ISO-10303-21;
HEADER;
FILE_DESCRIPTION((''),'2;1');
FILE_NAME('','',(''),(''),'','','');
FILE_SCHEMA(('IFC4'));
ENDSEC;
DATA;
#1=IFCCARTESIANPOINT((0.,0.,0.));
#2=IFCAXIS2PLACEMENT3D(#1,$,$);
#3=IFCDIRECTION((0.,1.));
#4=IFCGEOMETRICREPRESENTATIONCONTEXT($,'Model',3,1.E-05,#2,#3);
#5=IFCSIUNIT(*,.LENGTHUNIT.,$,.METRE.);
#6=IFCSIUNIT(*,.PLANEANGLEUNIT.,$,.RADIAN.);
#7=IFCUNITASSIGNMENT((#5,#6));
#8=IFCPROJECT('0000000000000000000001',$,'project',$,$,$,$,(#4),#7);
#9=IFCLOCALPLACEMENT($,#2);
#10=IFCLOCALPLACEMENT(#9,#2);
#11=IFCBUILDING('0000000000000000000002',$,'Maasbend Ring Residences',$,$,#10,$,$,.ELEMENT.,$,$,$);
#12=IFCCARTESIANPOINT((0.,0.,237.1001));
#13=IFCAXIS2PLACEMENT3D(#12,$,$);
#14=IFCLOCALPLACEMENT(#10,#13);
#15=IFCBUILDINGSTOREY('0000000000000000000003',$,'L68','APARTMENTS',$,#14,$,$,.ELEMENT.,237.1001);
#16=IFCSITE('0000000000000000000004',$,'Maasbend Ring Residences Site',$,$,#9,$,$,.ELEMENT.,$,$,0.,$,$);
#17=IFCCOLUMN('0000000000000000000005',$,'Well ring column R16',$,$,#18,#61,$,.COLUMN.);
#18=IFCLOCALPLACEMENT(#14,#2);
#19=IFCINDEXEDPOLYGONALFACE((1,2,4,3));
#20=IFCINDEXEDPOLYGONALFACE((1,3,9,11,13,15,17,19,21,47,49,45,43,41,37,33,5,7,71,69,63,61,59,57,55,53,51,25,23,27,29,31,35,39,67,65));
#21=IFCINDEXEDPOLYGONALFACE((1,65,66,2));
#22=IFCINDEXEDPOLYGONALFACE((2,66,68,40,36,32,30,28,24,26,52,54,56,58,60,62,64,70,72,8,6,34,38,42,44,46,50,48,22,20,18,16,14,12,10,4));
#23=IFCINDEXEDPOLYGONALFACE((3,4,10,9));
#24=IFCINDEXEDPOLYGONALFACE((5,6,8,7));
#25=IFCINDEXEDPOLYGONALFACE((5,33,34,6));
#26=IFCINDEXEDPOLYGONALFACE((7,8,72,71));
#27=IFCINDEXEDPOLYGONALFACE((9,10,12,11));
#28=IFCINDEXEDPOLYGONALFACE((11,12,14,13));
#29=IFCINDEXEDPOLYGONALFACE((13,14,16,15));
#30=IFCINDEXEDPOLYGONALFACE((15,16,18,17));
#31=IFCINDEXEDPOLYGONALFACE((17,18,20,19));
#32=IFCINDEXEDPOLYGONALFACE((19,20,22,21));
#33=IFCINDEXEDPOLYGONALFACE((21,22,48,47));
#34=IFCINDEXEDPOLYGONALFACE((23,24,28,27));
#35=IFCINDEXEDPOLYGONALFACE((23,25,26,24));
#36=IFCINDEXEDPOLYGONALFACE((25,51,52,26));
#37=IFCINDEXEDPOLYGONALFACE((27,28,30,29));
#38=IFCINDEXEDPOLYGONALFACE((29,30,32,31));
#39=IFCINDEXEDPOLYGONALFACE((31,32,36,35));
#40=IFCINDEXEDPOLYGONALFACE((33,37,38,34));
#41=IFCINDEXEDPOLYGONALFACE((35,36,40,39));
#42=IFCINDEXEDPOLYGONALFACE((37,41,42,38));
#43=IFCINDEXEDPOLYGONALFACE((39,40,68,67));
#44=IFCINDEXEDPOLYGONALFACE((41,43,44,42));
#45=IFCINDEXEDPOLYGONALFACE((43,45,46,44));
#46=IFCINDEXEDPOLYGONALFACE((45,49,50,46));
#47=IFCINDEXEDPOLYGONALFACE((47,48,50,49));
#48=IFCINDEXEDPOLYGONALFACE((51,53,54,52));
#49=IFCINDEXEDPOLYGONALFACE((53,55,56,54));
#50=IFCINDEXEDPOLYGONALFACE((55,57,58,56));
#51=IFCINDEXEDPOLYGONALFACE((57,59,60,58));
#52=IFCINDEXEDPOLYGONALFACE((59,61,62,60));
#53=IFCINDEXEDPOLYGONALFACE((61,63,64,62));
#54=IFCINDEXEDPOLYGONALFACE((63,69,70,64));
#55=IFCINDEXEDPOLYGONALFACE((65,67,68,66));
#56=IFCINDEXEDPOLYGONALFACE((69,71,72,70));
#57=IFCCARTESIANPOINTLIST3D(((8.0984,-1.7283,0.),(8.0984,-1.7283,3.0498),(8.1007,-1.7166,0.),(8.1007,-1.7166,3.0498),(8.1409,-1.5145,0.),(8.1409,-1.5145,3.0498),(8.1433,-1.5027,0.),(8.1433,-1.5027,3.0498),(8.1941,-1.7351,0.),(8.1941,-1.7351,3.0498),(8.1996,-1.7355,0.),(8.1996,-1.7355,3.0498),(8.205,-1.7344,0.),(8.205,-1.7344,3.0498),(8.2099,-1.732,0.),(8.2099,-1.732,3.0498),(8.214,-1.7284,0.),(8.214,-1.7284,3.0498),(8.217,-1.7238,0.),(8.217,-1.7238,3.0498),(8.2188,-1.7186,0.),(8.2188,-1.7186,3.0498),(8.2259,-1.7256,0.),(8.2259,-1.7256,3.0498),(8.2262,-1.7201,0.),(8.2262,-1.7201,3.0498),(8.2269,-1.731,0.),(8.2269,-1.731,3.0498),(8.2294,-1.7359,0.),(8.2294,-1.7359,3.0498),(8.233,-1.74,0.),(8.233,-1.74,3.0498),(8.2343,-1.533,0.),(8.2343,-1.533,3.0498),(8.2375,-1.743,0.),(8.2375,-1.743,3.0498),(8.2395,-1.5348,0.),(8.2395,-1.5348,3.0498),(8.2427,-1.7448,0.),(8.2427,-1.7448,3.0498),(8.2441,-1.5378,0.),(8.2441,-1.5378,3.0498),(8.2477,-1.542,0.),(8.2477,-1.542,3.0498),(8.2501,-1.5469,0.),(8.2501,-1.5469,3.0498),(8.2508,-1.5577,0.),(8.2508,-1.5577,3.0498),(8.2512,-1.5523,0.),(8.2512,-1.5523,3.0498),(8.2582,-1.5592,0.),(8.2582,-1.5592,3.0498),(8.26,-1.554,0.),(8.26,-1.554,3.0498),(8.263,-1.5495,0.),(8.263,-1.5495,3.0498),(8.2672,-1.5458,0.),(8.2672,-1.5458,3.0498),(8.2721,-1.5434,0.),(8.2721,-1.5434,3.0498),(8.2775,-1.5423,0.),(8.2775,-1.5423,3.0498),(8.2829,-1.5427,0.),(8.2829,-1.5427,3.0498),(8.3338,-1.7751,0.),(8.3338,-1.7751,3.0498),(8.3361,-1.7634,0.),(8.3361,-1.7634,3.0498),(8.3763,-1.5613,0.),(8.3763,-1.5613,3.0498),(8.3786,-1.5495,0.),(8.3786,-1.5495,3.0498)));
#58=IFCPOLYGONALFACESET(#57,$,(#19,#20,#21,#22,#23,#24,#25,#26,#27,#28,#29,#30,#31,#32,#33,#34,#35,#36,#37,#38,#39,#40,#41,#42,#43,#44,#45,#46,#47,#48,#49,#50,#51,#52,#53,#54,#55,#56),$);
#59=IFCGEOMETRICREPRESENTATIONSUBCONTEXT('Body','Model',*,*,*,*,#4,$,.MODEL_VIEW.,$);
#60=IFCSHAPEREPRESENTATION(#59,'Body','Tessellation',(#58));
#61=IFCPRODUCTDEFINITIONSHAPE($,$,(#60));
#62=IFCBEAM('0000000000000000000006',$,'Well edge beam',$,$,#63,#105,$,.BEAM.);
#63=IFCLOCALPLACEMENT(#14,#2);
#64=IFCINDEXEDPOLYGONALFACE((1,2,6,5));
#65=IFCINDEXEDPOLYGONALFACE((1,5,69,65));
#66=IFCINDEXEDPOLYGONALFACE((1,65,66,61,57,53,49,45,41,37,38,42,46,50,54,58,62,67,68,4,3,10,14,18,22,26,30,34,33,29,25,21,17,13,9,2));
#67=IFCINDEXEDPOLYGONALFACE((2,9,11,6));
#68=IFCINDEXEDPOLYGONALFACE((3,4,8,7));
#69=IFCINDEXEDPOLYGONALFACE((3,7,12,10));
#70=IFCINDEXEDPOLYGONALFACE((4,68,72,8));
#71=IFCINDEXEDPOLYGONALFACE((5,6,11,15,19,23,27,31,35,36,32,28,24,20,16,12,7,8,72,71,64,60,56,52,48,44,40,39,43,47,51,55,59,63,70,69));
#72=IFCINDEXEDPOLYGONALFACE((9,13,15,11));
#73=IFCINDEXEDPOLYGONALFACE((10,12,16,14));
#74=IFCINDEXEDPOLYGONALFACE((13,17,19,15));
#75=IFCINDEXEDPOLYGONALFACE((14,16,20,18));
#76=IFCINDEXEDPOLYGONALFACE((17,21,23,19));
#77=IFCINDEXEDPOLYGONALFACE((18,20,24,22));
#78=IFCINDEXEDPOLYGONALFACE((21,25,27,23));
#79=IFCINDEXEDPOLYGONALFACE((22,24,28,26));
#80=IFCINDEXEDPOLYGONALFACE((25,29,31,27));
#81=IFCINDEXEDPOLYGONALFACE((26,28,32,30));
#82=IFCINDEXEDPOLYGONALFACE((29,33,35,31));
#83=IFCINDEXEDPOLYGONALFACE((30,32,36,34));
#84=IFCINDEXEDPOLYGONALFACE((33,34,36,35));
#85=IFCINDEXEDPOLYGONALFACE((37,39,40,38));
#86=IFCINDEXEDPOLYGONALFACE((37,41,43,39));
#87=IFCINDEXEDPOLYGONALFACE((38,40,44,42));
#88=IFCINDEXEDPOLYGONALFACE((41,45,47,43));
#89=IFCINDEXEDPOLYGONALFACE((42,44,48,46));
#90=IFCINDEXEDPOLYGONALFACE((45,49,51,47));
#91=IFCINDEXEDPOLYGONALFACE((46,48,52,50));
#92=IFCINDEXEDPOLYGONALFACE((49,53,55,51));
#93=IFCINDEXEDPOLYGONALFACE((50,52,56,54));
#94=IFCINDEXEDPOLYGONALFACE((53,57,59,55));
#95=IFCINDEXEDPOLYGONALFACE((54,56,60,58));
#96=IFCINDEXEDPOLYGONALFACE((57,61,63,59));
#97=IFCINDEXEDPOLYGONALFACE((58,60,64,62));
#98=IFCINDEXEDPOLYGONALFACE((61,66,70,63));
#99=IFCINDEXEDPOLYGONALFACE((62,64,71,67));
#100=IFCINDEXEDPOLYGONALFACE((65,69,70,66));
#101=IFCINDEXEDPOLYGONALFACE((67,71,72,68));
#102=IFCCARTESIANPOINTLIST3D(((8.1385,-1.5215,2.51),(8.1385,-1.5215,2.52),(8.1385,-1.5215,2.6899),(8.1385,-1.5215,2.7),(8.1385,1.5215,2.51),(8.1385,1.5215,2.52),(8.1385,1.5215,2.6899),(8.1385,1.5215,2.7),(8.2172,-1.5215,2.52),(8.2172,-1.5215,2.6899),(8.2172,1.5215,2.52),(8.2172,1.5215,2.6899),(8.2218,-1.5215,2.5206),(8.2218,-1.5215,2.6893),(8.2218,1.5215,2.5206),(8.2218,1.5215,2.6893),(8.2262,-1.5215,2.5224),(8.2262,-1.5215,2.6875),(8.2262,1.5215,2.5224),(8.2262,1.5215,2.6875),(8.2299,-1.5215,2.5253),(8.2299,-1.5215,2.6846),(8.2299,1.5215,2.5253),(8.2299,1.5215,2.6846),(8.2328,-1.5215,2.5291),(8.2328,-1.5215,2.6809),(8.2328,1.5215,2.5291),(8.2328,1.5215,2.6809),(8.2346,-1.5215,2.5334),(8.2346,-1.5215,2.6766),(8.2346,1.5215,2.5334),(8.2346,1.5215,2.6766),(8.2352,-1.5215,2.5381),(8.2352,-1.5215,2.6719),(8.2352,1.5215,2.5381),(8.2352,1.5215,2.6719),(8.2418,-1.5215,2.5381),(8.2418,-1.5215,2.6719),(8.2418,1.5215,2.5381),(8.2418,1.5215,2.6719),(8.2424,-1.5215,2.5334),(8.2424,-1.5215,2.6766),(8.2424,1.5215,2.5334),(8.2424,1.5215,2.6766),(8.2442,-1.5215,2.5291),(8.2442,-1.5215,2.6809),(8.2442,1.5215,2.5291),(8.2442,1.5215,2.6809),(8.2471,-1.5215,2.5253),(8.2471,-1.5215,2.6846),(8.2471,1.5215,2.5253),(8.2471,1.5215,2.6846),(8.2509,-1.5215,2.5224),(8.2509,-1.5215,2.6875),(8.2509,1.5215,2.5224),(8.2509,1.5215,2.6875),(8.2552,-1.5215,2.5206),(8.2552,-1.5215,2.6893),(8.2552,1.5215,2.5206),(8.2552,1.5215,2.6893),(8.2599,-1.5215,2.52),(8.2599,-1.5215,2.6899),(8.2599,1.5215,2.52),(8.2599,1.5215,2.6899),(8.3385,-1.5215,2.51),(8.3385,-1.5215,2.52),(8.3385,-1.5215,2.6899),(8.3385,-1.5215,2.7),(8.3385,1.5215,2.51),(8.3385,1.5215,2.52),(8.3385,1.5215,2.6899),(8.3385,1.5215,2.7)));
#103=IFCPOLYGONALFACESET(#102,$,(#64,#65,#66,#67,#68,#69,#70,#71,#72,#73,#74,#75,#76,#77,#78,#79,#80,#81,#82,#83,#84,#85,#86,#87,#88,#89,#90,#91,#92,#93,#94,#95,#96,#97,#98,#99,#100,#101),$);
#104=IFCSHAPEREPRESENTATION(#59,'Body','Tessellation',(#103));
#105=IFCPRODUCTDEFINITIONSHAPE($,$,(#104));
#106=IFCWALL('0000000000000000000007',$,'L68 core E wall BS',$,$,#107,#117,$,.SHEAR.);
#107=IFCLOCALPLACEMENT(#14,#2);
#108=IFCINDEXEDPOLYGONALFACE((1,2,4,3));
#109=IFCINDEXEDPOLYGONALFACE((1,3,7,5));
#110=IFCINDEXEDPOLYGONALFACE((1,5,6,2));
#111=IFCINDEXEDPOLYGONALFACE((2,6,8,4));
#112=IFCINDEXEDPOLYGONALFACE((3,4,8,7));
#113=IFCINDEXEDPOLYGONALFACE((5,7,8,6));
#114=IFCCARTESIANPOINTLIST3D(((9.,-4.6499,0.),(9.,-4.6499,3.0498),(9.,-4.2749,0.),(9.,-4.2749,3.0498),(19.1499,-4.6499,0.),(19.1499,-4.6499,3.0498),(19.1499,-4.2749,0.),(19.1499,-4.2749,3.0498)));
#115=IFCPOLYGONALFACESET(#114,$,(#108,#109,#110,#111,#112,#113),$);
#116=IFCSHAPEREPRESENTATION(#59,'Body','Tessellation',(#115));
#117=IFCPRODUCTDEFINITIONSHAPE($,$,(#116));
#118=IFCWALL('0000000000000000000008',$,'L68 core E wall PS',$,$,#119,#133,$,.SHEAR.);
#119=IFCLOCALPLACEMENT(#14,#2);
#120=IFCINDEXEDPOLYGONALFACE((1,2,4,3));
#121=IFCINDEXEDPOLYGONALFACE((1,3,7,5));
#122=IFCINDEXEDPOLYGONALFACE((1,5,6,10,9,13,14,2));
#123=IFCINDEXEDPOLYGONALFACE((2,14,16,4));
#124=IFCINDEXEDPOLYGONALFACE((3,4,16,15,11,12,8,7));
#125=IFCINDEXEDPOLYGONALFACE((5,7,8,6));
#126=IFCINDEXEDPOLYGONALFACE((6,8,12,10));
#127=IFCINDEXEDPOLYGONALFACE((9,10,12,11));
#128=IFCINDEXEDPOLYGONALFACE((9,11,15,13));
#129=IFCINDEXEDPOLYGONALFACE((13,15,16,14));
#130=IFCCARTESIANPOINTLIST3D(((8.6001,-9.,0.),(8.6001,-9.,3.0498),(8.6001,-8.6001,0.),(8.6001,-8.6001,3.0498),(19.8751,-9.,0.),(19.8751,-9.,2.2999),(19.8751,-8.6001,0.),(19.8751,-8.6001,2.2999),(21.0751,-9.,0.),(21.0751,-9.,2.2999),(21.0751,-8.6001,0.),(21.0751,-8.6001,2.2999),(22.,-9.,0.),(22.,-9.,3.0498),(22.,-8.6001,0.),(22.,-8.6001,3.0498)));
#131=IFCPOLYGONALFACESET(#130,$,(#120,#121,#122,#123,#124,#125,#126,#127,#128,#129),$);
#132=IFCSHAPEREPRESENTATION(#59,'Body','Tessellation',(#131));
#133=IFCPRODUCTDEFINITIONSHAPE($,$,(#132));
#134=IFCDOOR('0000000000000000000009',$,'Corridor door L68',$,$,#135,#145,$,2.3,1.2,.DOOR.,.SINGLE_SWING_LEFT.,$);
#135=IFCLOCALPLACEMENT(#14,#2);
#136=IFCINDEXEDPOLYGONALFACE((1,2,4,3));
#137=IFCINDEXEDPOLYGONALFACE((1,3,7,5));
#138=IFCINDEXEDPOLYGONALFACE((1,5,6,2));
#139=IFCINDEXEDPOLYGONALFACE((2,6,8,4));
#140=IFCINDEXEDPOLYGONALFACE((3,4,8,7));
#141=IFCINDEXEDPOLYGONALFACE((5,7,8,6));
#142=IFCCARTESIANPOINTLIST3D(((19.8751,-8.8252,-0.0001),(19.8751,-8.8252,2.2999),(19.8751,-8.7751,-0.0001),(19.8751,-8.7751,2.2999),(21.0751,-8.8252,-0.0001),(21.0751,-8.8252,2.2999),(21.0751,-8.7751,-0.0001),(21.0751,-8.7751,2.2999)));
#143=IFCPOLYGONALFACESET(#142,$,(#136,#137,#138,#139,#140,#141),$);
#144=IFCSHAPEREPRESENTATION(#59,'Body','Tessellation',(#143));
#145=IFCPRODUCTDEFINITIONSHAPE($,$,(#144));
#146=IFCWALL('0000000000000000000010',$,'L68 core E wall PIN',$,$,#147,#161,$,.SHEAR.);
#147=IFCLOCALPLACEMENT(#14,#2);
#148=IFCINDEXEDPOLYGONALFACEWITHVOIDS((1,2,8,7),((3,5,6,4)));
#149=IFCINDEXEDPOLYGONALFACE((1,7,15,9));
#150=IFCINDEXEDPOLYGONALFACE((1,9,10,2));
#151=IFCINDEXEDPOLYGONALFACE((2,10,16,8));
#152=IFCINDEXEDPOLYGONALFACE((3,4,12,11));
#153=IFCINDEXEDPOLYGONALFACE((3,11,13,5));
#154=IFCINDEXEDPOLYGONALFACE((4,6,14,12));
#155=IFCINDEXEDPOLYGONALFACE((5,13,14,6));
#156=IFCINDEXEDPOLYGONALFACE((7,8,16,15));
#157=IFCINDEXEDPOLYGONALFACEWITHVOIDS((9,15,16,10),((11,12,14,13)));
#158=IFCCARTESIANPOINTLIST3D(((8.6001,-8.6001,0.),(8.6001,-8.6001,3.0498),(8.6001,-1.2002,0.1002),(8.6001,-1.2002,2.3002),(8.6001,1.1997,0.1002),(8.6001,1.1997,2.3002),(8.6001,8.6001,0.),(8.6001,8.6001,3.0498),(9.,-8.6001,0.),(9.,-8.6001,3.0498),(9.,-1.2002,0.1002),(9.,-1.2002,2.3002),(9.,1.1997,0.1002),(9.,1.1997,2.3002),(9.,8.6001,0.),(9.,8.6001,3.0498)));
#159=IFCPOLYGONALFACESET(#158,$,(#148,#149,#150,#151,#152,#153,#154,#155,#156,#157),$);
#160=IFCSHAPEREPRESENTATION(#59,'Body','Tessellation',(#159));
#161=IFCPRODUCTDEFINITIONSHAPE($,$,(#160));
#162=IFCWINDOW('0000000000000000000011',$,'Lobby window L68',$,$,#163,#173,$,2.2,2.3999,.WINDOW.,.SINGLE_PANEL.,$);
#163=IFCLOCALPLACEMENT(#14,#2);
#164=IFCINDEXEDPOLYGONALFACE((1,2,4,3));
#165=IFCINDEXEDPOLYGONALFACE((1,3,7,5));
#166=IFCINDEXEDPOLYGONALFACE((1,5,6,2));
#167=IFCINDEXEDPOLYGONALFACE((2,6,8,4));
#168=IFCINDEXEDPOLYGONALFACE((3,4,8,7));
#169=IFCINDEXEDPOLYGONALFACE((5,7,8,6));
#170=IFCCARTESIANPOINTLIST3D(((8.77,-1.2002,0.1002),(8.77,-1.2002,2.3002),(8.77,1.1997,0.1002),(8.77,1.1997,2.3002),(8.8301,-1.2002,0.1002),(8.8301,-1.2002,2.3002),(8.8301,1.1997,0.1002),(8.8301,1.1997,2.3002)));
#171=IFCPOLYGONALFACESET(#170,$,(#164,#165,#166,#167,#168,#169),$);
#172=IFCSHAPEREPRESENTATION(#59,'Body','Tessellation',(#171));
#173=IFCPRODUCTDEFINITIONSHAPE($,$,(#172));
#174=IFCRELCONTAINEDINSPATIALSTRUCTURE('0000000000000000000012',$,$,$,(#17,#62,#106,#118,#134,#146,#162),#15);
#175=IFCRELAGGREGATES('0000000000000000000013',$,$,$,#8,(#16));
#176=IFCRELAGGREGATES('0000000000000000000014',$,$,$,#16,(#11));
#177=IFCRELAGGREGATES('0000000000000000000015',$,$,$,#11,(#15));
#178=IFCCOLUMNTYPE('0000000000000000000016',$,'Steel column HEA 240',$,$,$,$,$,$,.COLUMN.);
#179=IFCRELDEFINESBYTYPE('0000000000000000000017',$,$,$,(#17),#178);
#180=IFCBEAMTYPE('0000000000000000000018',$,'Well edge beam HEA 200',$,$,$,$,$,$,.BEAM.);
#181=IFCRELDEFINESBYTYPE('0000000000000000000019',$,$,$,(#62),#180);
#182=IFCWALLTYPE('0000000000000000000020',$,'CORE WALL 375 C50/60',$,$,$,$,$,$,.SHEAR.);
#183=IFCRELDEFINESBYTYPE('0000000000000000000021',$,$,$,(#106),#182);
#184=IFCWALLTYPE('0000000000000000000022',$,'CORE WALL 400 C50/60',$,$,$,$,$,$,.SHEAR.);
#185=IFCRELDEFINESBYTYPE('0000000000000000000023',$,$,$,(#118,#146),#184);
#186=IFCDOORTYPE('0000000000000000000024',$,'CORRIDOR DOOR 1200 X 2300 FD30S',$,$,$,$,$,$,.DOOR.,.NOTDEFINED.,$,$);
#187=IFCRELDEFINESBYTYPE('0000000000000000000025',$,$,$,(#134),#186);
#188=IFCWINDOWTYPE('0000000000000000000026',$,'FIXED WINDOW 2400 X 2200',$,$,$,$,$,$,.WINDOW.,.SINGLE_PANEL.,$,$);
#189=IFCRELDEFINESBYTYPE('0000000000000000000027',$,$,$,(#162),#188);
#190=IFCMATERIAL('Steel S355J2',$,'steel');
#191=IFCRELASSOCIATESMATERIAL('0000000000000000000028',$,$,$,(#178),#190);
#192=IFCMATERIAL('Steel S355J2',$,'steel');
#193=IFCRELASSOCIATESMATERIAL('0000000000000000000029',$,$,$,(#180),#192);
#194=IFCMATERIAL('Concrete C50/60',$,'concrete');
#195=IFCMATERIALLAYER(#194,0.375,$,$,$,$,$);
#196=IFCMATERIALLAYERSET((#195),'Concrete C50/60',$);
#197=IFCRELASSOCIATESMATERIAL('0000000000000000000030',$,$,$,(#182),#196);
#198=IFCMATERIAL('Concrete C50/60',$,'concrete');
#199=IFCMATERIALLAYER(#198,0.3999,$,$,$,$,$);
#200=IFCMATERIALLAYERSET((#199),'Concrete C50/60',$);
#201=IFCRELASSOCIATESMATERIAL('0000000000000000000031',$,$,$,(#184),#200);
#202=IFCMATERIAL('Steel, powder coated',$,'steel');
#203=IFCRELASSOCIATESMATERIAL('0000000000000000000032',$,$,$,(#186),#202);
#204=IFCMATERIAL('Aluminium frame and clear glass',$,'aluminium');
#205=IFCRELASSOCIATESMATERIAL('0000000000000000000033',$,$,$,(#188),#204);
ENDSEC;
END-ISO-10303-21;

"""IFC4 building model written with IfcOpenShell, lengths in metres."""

from ifc_helpers import new_model, si_unit, direction, frame, frame_2d, origin, origin_2d, place, context, subcontext, project, spatial, rectangle, i_section, extrude, material, layer, layer_set, material_profile, profile_set, type_object, element, fill, save


model = new_model("IFC4")

# Units and contexts
model_context = context("Model", 3, precision=1e-05, world=origin(), true_north=direction((0.0, 1.0)))
body_context = subcontext(model_context, "Body", "Model", "MODEL_VIEW")
ifc_project = project(units=[si_unit("LENGTHUNIT", "METRE"), si_unit("PLANEANGLEUNIT", "RADIAN")], contexts=[model_context])

# Site, building, storey
site_placement = place(None, origin())
site = spatial("IfcSite", under=ifc_project, at=site_placement, Name="Maasbend Ring Residences Site", CompositionType="ELEMENT", RefElevation=0.0)
building_placement = place(site_placement, origin())
building = spatial("IfcBuilding", under=site, at=building_placement, Name="Maasbend Ring Residences", CompositionType="ELEMENT")
storey_placement = place(building_placement, frame((0.0, 0.0, 237.1001)))
storey = spatial("IfcBuildingStorey", under=building, at=storey_placement, Name="L68", Description="APARTMENTS", CompositionType="ELEMENT", Elevation=237.1001)

# Column
ifc_material_1 = material(Name="Steel S355J2", Category="steel")
ifc_material_profile_1 = material_profile(ifc_material_1, i_section(OverallWidth=0.24, OverallDepth=0.23, WebThickness=0.0076, FlangeThickness=0.012, FilletRadius=0.021, at=origin_2d()), Name="HEA 240")
ifc_profile_set_1 = profile_set([ifc_material_profile_1], Name="Steel S355J2")
column_type = type_object("IfcColumnType", Name="Steel column HEA 240", PredefinedType="COLUMN", material=ifc_profile_set_1)
column_placement = place(storey_placement, frame((8.2385, -1.6389, 0.0), z_axis=(0.0, 0.0, 1.0), x_axis=(0.980785, -0.19509, 0.0)))
element("IfcColumn", 1, at=column_placement, inside=storey, type_object=column_type, Name="Well ring column R16", PredefinedType="COLUMN", context=body_context, shape_type="SweptSolid", body=[
    extrude(i_section(OverallWidth=0.24, OverallDepth=0.23, WebThickness=0.0076, FlangeThickness=0.012, FilletRadius=0.021, at=origin_2d()), origin(), (0.0, 0.0, 1.0), 3.0498),
])

# Beam
ifc_material_2 = material(Name="Steel S355J2", Category="steel")
ifc_material_profile_2 = material_profile(ifc_material_2, i_section(OverallWidth=0.2, OverallDepth=0.1899, WebThickness=0.0066, FlangeThickness=0.01, FilletRadius=0.0181, at=origin_2d()), Name="HEA 200")
ifc_profile_set_2 = profile_set([ifc_material_profile_2], Name="Steel S355J2")
beam_type = type_object("IfcBeamType", Name="Well edge beam HEA 200", PredefinedType="BEAM", material=ifc_profile_set_2)
beam_placement = place(storey_placement, frame((8.2385, -1.5215, 2.605), z_axis=(0.0, 1.0, 0.0), x_axis=(-1.0, 0.0, 0.0)))
element("IfcBeam", 2, at=beam_placement, inside=storey, type_object=beam_type, Name="Well edge beam", PredefinedType="BEAM", context=body_context, shape_type="SweptSolid", body=[
    extrude(i_section(OverallWidth=0.2, OverallDepth=0.1899, WebThickness=0.0066, FlangeThickness=0.01, FilletRadius=0.0181, at=origin_2d()), origin(), (0.0, 0.0, 1.0), 3.043),
])

# Wall
ifc_material_3 = material(Name="Concrete C50/60", Category="concrete")
ifc_layer_1 = layer(ifc_material_3, 0.375)
ifc_layer_set_1 = layer_set([ifc_layer_1], Name="Concrete C50/60")
wall_type_1 = type_object("IfcWallType", Name="CORE WALL 375 C50/60", PredefinedType="SHEAR", material=ifc_layer_set_1)
wall_1_placement = place(storey_placement, frame((9.0, -4.4624, 0.0), z_axis=(0.0, 0.0, 1.0), x_axis=(1.0, 0.0, 0.0)))
element("IfcWall", 3, at=wall_1_placement, inside=storey, type_object=wall_type_1, Name="L68 core E wall BS", PredefinedType="SHEAR", context=body_context, shape_type="SweptSolid", body=[
    extrude(rectangle(XDim=10.1499, YDim=0.375, at=frame_2d((5.075, 0.0))), origin(), (0.0, 0.0, 1.0), 3.0498),
])

# Wall, opening, door
ifc_material_4 = material(Name="Concrete C50/60", Category="concrete")
ifc_layer_2 = layer(ifc_material_4, 0.3999)
ifc_layer_set_2 = layer_set([ifc_layer_2], Name="Concrete C50/60")
wall_type_2 = type_object("IfcWallType", Name="CORE WALL 400 C50/60", PredefinedType="SHEAR", material=ifc_layer_set_2)
wall_2_placement = place(storey_placement, frame((8.6001, -8.8, 0.0), z_axis=(0.0, 0.0, 1.0), x_axis=(1.0, 0.0, 0.0)))
wall_2 = element("IfcWall", 4, at=wall_2_placement, inside=storey, type_object=wall_type_2, Name="L68 core E wall PS", PredefinedType="SHEAR", context=body_context, shape_type="SweptSolid", body=[
    extrude(rectangle(XDim=13.3999, YDim=0.3999, at=frame_2d((6.7, 0.0))), origin(), (0.0, 0.0, 1.0), 3.0498),
])
opening_1_placement = place(wall_2_placement, frame((11.2749, 0.0, 0.0)))
opening_1 = element("IfcOpeningElement", 5, at=opening_1_placement, cuts=wall_2, PredefinedType="OPENING", context=body_context, shape_type="SweptSolid", body=[
    extrude(rectangle(XDim=1.2, YDim=2.3, at=frame_2d((0.6001, 1.1499))), frame((0.0, 0.21, 0.0), z_axis=(0.0, -1.0, 0.0), x_axis=(1.0, 0.0, 0.0)), (0.0, 0.0, 1.0), 0.4199),
])
ifc_material_5 = material(Name="Steel, powder coated", Category="steel")
door_type = type_object("IfcDoorType", Name="CORRIDOR DOOR 1200 X 2300 FD30S", OperationType="NOTDEFINED", PredefinedType="DOOR", material=ifc_material_5)
door_placement = place(opening_1_placement, origin())
door = element("IfcDoor", 6, at=door_placement, inside=storey, type_object=door_type, Name="Corridor door L68", OperationType="SINGLE_SWING_LEFT", OverallHeight=2.3, OverallWidth=1.2, PredefinedType="DOOR", context=body_context, shape_type="SweptSolid", body=[
    extrude(rectangle(XDim=1.2, YDim=2.3, at=frame_2d((0.6001, 1.1499))), frame((0.0, 0.0249, 0.0), z_axis=(0.0, -1.0, 0.0), x_axis=(1.0, 0.0, 0.0)), (0.0, 0.0, 1.0), 0.05),
])
fill(opening_1, door)

# Wall, opening, window
wall_3_placement = place(storey_placement, frame((8.8, -8.6001, 0.0), z_axis=(0.0, 0.0, 1.0), x_axis=(0.0, 1.0, 0.0)))
wall_3 = element("IfcWall", 7, at=wall_3_placement, inside=storey, type_object=wall_type_2, Name="L68 core E wall PIN", PredefinedType="SHEAR", context=body_context, shape_type="SweptSolid", body=[
    extrude(rectangle(XDim=17.2002, YDim=0.3999, at=frame_2d((8.6001, 0.0))), origin(), (0.0, 0.0, 1.0), 3.0498),
])
opening_2_placement = place(wall_3_placement, frame((7.3999, 0.0, 0.1001)))
opening_2 = element("IfcOpeningElement", 8, at=opening_2_placement, cuts=wall_3, PredefinedType="OPENING", context=body_context, shape_type="SweptSolid", body=[
    extrude(rectangle(XDim=2.3999, YDim=2.2, at=frame_2d((1.2, 1.1001))), frame((0.0, 0.21, 0.0), z_axis=(0.0, -1.0, 0.0), x_axis=(1.0, 0.0, 0.0)), (0.0, 0.0, 1.0), 0.4199),
])
ifc_material_6 = material(Name="Aluminium frame and clear glass", Category="aluminium")
window_type = type_object("IfcWindowType", Name="FIXED WINDOW 2400 X 2200", PartitioningType="SINGLE_PANEL", PredefinedType="WINDOW", material=ifc_material_6)
window_placement = place(opening_2_placement, origin())
window = element("IfcWindow", 9, at=window_placement, inside=storey, type_object=window_type, Name="Lobby window L68", OverallHeight=2.2, OverallWidth=2.3999, PartitioningType="SINGLE_PANEL", PredefinedType="WINDOW", context=body_context, shape_type="SweptSolid", body=[
    extrude(rectangle(XDim=2.3999, YDim=2.2, at=frame_2d((1.2, 1.1001))), frame((0.0, 0.03, 0.0), z_axis=(0.0, -1.0, 0.0), x_axis=(1.0, 0.0, 0.0)), (0.0, 0.0, 1.0), 0.0601),
])
fill(opening_2, window)

save(model, "model.ifc")
